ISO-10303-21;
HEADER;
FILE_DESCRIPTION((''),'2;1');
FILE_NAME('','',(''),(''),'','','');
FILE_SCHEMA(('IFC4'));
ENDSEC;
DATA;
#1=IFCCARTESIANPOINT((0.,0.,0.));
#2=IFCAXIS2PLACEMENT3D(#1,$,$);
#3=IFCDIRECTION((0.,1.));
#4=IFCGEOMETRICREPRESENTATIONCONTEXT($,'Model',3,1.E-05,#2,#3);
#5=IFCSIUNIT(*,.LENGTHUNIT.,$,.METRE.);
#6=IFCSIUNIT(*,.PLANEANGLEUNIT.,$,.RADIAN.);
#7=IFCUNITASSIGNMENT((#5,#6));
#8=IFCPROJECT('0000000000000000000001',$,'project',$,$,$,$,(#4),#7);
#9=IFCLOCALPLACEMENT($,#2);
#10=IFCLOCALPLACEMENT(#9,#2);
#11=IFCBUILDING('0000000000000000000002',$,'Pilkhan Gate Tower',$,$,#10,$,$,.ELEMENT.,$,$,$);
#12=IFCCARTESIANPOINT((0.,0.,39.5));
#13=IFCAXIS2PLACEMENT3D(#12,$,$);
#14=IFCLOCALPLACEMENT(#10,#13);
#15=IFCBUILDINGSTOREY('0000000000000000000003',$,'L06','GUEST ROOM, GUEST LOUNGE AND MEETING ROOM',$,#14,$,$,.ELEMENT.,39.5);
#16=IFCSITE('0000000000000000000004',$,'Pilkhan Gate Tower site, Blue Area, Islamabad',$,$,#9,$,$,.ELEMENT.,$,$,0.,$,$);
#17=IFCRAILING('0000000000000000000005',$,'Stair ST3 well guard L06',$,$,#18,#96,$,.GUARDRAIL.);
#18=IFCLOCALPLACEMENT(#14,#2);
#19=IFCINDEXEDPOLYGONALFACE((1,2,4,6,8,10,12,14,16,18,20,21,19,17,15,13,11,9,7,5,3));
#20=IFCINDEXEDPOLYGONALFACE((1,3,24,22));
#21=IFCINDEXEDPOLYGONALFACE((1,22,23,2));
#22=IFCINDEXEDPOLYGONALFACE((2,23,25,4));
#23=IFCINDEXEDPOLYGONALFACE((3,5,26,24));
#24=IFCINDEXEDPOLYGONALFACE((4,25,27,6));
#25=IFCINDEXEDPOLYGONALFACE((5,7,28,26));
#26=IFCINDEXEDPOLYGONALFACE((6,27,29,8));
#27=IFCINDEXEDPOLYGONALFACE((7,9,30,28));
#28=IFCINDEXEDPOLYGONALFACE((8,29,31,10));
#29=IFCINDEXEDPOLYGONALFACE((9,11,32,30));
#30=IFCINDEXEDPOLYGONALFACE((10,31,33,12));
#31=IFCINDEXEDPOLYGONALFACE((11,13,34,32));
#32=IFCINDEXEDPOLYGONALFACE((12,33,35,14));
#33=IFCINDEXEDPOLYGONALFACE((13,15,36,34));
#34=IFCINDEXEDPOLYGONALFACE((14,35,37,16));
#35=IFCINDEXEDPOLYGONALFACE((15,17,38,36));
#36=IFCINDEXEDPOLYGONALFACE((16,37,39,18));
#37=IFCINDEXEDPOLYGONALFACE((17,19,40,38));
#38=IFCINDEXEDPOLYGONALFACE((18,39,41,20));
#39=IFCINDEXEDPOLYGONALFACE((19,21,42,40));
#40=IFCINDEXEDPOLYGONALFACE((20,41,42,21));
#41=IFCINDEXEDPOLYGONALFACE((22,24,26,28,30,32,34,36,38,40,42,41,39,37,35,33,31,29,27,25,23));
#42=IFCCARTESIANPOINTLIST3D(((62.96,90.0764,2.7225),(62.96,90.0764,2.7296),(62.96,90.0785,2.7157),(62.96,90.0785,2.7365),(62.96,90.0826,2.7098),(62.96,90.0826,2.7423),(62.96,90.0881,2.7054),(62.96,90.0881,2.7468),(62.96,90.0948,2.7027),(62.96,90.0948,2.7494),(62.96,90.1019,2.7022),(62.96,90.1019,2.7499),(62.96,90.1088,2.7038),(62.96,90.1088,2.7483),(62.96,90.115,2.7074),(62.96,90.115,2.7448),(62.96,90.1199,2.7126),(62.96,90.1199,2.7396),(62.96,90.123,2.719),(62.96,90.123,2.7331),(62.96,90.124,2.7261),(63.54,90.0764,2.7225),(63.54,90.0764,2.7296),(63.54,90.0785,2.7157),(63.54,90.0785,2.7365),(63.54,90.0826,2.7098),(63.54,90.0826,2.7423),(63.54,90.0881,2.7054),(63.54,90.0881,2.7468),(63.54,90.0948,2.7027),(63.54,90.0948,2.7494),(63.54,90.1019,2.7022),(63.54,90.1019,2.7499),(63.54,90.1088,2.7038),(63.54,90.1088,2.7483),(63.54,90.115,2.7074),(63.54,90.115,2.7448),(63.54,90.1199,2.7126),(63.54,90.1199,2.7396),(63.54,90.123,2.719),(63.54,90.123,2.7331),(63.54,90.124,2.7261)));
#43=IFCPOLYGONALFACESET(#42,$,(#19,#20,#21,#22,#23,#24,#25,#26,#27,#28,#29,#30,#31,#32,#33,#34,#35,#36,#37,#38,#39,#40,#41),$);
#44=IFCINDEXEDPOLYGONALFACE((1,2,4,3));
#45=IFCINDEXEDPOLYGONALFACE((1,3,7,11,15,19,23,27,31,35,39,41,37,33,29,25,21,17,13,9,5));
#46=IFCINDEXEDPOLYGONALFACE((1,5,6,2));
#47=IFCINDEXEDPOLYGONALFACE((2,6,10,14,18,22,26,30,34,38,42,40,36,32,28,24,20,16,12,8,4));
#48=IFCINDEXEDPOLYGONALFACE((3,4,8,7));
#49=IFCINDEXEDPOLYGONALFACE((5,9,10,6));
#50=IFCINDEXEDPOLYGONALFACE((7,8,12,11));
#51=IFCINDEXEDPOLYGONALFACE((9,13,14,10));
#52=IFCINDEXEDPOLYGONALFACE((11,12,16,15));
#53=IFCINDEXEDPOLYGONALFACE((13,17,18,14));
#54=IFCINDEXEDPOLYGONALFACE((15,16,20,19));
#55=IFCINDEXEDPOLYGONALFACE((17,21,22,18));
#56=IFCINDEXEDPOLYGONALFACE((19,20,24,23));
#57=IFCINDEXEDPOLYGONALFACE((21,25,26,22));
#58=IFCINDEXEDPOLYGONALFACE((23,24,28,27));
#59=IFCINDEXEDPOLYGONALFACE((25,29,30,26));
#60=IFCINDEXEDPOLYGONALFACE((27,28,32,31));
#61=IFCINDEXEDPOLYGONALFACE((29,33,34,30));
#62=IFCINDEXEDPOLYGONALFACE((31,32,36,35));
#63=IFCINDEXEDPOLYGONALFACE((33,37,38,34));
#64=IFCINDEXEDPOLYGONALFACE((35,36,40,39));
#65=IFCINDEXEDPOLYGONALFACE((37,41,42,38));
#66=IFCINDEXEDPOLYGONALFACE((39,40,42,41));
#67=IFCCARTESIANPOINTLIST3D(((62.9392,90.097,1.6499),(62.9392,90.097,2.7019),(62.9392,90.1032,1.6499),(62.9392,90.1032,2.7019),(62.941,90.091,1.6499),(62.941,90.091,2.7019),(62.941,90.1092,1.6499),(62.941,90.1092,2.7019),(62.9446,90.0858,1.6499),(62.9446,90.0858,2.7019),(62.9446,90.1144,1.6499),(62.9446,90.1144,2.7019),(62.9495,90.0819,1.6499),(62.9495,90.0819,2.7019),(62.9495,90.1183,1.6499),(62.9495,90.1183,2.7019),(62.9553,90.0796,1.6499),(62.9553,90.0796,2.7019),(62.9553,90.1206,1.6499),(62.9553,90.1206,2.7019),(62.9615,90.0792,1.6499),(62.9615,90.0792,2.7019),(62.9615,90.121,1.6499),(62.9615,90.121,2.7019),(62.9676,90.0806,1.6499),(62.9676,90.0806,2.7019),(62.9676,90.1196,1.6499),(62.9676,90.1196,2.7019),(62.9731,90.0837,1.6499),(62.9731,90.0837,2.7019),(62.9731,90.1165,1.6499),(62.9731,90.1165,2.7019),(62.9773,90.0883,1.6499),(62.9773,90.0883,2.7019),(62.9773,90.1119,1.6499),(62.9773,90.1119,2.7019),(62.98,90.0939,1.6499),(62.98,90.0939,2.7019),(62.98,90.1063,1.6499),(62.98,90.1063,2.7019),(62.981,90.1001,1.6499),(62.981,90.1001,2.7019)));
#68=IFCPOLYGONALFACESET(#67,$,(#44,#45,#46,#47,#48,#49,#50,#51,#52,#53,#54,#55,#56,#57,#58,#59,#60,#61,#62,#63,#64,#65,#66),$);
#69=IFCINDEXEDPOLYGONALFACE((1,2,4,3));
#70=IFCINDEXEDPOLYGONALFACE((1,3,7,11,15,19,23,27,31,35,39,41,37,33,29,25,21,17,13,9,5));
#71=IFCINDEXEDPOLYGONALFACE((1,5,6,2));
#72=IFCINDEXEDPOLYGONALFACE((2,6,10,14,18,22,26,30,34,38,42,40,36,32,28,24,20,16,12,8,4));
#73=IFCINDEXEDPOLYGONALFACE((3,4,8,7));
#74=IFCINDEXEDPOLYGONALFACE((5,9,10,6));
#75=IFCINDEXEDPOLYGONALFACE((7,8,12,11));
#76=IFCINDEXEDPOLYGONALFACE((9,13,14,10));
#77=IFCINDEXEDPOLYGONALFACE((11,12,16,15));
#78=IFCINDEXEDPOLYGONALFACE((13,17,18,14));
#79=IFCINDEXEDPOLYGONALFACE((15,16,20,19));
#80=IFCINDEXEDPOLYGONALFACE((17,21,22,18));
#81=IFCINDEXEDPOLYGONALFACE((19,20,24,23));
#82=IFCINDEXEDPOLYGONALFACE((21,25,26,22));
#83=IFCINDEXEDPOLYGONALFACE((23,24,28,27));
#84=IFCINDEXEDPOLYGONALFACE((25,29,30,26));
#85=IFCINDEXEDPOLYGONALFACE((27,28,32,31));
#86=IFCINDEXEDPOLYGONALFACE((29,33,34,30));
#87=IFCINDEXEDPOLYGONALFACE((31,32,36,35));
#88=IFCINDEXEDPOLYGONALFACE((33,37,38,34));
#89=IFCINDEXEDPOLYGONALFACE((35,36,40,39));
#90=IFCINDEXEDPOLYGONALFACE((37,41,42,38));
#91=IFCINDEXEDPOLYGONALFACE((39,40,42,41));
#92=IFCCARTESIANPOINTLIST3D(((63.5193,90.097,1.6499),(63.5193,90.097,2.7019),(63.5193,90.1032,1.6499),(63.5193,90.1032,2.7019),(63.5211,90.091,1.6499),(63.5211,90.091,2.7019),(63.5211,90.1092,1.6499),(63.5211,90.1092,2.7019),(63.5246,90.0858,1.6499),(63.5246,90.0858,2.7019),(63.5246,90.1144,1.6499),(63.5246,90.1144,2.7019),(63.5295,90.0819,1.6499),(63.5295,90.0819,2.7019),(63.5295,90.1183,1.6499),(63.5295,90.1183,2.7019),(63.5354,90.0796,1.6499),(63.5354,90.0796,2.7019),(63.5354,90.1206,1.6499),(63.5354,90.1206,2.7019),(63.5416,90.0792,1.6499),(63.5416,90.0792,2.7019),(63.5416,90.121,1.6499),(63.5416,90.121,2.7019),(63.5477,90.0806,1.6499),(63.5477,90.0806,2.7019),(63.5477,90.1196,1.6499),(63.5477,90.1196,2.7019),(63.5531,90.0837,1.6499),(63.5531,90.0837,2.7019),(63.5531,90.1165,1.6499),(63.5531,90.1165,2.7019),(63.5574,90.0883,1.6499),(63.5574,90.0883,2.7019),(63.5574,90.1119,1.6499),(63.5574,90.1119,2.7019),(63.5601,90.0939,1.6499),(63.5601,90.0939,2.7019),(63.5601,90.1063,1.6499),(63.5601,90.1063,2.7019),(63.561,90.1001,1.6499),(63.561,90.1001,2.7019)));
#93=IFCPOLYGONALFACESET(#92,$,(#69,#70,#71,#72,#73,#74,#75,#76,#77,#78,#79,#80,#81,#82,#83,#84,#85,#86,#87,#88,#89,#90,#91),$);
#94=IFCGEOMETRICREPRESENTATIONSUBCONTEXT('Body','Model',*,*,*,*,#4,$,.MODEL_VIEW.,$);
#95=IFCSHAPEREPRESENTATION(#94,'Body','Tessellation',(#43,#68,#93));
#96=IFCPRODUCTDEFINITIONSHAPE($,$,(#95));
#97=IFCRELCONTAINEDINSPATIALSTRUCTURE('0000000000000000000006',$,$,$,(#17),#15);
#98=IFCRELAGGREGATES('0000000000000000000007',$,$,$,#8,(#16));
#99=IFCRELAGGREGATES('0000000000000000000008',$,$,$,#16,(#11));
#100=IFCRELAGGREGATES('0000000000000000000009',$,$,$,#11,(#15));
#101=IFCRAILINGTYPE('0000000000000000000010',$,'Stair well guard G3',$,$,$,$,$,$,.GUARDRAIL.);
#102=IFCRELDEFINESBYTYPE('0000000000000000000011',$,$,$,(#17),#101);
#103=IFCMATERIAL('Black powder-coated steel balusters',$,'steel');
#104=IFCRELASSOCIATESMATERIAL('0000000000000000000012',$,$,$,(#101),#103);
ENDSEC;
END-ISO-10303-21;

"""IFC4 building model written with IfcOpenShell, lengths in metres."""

from ifc_helpers import new_model, si_unit, direction, frame, origin, origin_2d, place, context, subcontext, project, spatial, circle, extrude, material, type_object, element, save


model = new_model("IFC4")

# Units and contexts
model_context = context("Model", 3, precision=1e-05, world=origin(), true_north=direction((0.0, 1.0)))
body_context = subcontext(model_context, "Body", "Model", "MODEL_VIEW")
ifc_project = project(units=[si_unit("LENGTHUNIT", "METRE"), si_unit("PLANEANGLEUNIT", "RADIAN")], contexts=[model_context])

# Site, building, storey
site_placement = place(None, origin())
site = spatial("IfcSite", under=ifc_project, at=site_placement, Name="Pilkhan Gate Tower site, Blue Area, Islamabad", CompositionType="ELEMENT", RefElevation=0.0)
building_placement = place(site_placement, origin())
building = spatial("IfcBuilding", under=site, at=building_placement, Name="Pilkhan Gate Tower", CompositionType="ELEMENT")
storey_placement = place(building_placement, frame((0.0, 0.0, 39.5)))
storey = spatial("IfcBuildingStorey", under=building, at=storey_placement, Name="L06", Description="GUEST ROOM, GUEST LOUNGE AND MEETING ROOM", CompositionType="ELEMENT", Elevation=39.5)

# Railing
ifc_material_1 = material(Name="Black powder-coated steel balusters", Category="steel")
railing_type_1 = type_object("IfcRailingType", Name="Stair well guard G3", PredefinedType="GUARDRAIL", material=ifc_material_1)
for number, where, name in (
    (1, (62.96, 90.1001, 1.6499), "Stair ST3 well guard L06"),
):
    element("IfcRailing", number, at=place(storey_placement, frame(where)), inside=storey, type_object=railing_type_1, Name=name, PredefinedType="GUARDRAIL", context=body_context, shape_type="SweptSolid", body=[
        extrude(circle(Radius=0.0239, at=origin_2d()), frame((0.0, 0.0, 1.0762), z_axis=(1.0, 0.0, 0.0), x_axis=(0.0, 1.0, 0.0)), (0.0, 0.0, 1.0), 0.5801),
        extrude(circle(Radius=0.021, at=origin_2d()), origin(), (0.0, 0.0, 1.0), 1.052),
        extrude(circle(Radius=0.021, at=origin_2d()), frame((0.5801, 0.0, 0.0)), (0.0, 0.0, 1.0), 1.052),
    ])

save(model, "model.ifc")
